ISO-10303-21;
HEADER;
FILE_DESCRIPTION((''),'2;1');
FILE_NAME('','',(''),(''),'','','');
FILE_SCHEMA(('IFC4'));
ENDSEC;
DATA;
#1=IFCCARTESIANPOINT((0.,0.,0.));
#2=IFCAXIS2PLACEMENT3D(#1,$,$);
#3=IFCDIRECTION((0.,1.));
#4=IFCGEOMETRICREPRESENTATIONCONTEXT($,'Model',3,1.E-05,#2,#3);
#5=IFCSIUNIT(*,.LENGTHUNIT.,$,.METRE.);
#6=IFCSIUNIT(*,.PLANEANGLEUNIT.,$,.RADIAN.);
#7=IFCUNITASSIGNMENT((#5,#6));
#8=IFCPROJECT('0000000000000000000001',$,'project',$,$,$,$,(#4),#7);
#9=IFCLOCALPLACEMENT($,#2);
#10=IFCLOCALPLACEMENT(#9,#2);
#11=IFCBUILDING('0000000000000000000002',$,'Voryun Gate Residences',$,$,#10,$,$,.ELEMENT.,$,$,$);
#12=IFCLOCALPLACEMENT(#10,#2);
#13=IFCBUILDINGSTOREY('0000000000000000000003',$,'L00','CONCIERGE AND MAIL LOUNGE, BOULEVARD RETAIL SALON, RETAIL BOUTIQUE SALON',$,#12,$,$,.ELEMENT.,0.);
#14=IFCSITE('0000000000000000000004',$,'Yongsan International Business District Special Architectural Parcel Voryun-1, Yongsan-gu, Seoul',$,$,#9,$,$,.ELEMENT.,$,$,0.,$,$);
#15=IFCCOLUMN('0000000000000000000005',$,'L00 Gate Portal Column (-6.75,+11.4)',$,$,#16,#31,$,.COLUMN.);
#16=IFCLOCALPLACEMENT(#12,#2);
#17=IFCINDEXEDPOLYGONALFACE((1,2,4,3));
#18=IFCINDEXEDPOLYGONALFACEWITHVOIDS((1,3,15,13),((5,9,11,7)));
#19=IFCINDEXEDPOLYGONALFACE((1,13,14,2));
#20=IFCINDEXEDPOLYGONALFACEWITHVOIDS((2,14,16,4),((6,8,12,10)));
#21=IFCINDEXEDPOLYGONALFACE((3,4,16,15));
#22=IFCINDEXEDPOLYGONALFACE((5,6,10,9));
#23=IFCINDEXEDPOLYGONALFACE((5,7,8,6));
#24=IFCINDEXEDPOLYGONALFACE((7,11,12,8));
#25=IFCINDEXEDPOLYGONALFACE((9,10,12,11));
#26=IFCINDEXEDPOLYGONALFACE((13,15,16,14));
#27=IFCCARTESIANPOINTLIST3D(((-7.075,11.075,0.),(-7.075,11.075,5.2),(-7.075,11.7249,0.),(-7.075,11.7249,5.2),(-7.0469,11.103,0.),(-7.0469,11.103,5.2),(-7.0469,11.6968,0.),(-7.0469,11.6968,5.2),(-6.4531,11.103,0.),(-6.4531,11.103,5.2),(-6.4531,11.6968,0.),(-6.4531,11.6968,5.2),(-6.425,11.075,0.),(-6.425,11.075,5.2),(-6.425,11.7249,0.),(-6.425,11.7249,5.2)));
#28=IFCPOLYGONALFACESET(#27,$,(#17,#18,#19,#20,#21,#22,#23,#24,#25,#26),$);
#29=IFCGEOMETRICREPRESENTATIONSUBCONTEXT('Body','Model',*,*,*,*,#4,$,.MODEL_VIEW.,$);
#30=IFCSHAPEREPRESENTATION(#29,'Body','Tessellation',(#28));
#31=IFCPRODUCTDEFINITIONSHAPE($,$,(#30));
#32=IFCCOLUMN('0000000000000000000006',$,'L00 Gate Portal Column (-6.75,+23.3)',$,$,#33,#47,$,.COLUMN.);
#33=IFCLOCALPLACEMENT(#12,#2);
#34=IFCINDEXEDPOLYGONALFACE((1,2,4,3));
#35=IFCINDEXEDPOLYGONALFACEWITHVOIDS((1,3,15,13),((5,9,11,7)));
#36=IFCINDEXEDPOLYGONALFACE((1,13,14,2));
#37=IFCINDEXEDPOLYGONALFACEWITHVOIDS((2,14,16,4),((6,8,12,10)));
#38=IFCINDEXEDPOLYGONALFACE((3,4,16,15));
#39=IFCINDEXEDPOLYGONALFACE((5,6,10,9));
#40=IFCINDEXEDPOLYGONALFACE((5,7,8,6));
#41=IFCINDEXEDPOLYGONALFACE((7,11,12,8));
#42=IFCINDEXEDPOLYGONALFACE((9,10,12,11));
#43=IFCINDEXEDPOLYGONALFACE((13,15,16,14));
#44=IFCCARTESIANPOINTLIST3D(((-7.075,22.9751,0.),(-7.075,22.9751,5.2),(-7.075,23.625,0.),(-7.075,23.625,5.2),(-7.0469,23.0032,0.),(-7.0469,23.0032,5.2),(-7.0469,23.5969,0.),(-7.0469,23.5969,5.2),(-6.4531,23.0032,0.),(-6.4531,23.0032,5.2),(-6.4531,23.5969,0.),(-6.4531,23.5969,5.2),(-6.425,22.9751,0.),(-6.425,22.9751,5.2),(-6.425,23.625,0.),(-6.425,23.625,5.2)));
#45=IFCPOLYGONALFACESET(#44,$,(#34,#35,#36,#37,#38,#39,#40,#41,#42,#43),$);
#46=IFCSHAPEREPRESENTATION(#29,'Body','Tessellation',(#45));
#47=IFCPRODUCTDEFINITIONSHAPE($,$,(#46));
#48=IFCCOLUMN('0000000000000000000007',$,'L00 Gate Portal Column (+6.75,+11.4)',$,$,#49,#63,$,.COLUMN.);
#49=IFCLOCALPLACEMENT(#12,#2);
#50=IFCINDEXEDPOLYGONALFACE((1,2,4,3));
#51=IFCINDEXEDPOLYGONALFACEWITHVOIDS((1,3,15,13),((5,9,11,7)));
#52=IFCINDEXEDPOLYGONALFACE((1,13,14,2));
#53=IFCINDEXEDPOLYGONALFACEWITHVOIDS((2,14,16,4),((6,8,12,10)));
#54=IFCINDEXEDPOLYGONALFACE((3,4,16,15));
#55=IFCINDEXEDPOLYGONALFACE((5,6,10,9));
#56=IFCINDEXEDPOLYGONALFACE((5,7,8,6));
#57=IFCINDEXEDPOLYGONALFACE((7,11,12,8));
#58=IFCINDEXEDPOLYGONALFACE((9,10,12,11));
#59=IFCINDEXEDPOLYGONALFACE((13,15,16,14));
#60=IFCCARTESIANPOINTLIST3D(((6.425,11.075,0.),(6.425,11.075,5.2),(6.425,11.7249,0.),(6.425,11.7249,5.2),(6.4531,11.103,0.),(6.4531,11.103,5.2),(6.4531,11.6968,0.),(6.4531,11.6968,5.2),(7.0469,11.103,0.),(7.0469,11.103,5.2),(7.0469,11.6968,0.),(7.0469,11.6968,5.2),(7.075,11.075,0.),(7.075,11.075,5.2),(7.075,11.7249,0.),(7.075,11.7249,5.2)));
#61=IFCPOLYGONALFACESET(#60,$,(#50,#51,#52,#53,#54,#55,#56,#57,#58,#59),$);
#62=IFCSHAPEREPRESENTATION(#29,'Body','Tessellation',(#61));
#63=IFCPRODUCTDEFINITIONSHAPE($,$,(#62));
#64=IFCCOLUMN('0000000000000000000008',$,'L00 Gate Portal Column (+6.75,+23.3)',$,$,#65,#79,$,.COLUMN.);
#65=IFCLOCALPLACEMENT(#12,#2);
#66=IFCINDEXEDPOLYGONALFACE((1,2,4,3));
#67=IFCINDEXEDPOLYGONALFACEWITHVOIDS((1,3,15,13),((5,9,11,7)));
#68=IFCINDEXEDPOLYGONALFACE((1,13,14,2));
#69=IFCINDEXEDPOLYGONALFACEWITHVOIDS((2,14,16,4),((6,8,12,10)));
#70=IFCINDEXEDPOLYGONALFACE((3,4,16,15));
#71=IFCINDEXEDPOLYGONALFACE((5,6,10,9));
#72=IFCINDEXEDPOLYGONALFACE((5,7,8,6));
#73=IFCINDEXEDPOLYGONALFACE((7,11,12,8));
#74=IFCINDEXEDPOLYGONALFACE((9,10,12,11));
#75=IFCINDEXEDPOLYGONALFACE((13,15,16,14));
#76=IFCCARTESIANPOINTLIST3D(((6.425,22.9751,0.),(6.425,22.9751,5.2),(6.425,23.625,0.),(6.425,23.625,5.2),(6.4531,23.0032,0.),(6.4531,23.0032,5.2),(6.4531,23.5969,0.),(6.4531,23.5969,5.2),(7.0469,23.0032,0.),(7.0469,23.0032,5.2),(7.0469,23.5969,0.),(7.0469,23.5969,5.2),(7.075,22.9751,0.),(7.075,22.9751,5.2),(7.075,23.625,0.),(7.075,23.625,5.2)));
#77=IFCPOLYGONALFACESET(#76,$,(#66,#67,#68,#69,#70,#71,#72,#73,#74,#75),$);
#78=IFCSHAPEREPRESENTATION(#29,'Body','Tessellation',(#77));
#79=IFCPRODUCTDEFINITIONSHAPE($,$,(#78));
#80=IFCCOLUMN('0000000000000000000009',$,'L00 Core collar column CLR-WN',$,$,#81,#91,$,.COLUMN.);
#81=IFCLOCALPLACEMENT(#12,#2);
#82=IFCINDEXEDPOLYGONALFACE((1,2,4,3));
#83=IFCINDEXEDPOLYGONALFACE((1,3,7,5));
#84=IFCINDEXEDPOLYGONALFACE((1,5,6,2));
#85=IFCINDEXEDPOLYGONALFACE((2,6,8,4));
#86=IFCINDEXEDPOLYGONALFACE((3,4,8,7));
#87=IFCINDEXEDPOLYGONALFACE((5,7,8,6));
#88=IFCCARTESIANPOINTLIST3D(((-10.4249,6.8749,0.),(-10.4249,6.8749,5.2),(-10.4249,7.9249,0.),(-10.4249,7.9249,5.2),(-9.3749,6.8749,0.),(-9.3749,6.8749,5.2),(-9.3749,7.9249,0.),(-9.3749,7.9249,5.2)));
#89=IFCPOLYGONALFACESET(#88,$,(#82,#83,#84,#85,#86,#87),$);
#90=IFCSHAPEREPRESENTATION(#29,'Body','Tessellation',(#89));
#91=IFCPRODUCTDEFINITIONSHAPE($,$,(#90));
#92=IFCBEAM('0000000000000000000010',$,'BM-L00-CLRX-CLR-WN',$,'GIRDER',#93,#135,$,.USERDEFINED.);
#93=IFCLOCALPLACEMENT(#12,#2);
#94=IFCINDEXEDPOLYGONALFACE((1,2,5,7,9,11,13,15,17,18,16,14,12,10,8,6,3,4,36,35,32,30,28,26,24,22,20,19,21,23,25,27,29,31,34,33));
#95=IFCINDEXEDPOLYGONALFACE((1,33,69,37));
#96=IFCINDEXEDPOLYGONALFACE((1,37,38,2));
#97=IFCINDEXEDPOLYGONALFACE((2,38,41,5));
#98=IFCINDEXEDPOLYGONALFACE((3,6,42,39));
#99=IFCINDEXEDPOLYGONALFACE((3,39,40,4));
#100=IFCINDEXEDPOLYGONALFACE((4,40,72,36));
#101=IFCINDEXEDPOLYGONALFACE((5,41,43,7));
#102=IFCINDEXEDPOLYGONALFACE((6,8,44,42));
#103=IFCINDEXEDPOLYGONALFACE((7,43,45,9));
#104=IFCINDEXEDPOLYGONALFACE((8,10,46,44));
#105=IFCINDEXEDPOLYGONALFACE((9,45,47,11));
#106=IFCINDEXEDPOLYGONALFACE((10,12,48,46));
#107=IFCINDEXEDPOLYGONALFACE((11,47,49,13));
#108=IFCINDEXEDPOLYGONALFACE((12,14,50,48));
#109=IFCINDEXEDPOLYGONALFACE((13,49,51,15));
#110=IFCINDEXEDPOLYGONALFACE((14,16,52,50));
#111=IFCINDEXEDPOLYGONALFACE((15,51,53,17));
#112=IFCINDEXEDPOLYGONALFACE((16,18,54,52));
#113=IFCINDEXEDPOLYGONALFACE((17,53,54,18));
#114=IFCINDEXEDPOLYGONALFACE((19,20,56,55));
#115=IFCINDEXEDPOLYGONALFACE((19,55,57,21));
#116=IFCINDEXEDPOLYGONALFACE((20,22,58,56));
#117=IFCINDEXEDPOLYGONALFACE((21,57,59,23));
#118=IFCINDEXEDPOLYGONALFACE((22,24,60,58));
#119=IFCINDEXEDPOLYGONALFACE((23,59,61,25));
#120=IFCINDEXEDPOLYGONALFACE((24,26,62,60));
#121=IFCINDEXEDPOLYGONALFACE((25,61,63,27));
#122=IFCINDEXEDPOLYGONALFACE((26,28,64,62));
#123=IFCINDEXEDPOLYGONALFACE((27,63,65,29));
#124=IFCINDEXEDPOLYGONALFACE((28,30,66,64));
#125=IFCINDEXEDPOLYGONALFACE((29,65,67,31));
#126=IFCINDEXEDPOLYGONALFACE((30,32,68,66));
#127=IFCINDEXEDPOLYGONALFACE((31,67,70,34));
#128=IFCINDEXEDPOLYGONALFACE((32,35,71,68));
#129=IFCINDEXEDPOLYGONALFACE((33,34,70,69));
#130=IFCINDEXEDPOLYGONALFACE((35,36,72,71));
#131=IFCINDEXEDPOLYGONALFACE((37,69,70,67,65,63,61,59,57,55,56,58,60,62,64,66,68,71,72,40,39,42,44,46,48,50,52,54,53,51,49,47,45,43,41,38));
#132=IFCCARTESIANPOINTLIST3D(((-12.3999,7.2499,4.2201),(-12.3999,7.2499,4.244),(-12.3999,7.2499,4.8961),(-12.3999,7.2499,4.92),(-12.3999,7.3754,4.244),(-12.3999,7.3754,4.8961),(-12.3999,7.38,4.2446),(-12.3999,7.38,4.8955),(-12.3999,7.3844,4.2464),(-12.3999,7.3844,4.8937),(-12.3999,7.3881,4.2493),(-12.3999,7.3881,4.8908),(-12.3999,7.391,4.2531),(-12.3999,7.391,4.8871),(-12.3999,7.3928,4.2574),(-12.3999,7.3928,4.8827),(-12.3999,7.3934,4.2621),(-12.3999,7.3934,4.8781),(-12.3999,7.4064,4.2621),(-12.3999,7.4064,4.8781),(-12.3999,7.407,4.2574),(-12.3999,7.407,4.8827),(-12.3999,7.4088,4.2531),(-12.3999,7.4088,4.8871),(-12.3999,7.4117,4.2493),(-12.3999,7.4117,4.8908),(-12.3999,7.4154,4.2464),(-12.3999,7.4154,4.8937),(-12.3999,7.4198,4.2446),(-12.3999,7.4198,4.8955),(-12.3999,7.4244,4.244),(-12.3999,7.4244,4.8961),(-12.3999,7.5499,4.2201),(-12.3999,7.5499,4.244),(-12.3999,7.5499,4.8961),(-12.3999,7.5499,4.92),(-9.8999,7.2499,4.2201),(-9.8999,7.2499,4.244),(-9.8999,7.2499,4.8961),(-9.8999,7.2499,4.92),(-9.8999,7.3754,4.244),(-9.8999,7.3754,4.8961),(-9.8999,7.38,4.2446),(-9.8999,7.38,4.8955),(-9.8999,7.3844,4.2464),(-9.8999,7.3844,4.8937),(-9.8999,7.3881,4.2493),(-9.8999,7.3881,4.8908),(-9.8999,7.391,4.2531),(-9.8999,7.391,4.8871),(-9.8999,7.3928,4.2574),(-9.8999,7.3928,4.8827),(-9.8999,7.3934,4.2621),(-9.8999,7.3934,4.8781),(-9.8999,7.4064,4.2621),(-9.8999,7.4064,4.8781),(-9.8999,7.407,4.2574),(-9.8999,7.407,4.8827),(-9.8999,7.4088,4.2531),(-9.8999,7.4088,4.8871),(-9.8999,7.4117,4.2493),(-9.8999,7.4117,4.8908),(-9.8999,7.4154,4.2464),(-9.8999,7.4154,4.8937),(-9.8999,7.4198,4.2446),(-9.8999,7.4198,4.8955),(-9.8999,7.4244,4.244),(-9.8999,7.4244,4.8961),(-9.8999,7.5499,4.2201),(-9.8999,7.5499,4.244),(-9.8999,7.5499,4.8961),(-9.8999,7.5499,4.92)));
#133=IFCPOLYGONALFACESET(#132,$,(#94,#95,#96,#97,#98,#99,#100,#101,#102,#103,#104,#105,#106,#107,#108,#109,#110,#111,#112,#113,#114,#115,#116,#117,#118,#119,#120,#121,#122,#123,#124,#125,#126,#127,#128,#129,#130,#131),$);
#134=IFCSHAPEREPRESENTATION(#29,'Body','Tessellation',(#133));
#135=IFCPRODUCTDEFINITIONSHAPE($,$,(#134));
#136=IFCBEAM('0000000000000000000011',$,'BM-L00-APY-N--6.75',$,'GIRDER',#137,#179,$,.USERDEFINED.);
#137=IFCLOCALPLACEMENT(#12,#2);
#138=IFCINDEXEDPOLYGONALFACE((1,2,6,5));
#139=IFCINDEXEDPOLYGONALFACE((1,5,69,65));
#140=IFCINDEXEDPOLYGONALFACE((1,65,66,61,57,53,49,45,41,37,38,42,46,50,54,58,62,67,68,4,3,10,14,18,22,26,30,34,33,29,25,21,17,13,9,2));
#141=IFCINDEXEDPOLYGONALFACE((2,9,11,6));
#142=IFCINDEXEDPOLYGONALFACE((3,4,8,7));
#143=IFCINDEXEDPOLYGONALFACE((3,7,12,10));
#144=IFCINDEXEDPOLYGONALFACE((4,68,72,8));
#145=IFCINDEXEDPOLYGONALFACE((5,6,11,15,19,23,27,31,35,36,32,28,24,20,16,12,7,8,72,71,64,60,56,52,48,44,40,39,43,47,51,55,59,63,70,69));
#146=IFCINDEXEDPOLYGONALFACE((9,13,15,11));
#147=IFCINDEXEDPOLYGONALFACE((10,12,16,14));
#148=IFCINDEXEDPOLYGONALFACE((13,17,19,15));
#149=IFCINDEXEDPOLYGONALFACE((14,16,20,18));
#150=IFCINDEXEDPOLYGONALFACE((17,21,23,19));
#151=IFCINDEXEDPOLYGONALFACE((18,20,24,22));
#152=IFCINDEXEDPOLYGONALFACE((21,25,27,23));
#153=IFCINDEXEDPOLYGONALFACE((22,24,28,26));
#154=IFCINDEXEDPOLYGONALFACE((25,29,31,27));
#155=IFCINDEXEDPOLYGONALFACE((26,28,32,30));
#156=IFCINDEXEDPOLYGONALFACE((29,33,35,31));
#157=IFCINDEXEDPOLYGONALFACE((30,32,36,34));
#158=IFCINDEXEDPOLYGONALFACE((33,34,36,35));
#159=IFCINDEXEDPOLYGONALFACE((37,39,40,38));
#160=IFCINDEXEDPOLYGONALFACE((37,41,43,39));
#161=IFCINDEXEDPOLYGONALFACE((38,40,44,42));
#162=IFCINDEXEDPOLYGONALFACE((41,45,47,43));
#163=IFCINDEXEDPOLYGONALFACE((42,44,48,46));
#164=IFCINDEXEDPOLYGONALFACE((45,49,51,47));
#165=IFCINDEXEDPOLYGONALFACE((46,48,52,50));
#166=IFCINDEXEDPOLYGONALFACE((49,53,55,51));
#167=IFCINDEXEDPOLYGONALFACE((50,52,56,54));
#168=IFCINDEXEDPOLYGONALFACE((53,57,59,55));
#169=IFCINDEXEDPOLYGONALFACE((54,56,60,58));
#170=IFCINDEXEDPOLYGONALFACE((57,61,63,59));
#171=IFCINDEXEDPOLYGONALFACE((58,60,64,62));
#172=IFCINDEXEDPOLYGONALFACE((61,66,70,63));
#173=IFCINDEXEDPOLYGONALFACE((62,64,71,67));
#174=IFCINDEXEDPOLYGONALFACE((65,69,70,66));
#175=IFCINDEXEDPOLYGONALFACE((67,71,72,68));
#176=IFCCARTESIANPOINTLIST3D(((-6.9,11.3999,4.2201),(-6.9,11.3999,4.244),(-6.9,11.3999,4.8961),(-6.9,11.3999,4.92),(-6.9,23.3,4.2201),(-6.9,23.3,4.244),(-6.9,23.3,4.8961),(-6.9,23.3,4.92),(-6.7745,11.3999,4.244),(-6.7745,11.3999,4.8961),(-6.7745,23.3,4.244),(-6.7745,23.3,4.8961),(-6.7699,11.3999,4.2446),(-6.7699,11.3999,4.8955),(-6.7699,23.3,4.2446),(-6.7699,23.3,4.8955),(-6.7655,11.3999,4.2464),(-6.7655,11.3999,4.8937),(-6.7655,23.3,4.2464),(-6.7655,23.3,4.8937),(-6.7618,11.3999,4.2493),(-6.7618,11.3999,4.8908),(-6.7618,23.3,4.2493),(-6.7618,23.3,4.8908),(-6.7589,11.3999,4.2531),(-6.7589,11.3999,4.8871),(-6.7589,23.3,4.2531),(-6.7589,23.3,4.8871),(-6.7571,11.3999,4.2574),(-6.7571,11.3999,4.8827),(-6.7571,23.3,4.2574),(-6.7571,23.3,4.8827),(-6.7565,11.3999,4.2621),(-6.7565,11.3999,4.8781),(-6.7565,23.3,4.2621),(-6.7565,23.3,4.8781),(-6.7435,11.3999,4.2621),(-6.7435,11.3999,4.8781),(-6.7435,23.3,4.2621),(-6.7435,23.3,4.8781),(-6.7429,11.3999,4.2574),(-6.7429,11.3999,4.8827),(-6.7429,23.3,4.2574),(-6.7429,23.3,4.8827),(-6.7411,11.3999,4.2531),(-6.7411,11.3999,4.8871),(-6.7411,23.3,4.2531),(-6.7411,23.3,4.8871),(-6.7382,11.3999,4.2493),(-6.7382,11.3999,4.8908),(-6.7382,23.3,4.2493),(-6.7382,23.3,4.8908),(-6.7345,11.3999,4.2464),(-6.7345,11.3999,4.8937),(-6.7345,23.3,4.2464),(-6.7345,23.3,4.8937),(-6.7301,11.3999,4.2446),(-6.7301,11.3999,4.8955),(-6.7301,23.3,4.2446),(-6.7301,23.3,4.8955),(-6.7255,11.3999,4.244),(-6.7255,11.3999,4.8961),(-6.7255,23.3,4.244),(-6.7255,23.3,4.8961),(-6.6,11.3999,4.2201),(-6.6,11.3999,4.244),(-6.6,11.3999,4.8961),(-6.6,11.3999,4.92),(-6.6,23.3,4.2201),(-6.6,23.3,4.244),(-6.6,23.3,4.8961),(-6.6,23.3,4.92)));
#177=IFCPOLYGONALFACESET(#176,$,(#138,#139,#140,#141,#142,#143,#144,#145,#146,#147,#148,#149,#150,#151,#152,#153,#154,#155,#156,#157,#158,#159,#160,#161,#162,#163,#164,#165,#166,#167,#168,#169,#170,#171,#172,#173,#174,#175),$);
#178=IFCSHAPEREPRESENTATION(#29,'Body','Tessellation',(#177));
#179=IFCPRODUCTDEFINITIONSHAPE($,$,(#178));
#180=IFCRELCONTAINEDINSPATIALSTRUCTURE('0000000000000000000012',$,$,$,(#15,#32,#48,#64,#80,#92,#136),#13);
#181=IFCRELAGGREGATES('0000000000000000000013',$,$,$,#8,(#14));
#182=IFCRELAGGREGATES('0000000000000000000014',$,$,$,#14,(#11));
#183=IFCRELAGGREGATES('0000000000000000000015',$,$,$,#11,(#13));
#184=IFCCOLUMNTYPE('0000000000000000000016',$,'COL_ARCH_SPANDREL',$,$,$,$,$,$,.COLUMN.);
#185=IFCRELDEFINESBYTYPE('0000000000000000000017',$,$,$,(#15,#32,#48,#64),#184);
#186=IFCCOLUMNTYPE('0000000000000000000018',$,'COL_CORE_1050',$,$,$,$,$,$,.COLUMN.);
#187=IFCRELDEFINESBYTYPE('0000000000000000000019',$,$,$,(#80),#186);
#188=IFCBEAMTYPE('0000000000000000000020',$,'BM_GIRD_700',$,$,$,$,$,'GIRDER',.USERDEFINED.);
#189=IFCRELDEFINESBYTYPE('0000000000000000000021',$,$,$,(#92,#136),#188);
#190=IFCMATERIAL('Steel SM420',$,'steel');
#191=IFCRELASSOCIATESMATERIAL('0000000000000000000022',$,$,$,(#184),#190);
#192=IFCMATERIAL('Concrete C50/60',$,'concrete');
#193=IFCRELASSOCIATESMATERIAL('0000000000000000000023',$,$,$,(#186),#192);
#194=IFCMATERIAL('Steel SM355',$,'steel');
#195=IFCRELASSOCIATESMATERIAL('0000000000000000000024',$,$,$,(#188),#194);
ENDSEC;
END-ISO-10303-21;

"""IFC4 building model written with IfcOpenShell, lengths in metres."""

from ifc_helpers import new_model, si_unit, direction, frame, origin, origin_2d, place, context, subcontext, project, spatial, rectangle, hollow_rectangle, i_section, extrude, material, material_profile, profile_set, type_object, element, save


model = new_model("IFC4")

# Units and contexts
model_context = context("Model", 3, precision=1e-05, world=origin(), true_north=direction((0.0, 1.0)))
body_context = subcontext(model_context, "Body", "Model", "MODEL_VIEW")
ifc_project = project(units=[si_unit("LENGTHUNIT", "METRE"), si_unit("PLANEANGLEUNIT", "RADIAN")], contexts=[model_context])

# Site, building, storey
site_placement = place(None, origin())
site = spatial("IfcSite", under=ifc_project, at=site_placement, Name="Yongsan International Business District Special Architectural Parcel Voryun-1, Yongsan-gu, Seoul", CompositionType="ELEMENT", RefElevation=0.0)
building_placement = place(site_placement, origin())
building = spatial("IfcBuilding", under=site, at=building_placement, Name="Voryun Gate Residences", CompositionType="ELEMENT")
storey_placement = place(building_placement, origin())
storey = spatial("IfcBuildingStorey", under=building, at=storey_placement, Name="L00", Description="CONCIERGE AND MAIL LOUNGE, BOULEVARD RETAIL SALON, RETAIL BOUTIQUE SALON", CompositionType="ELEMENT", Elevation=0.0)

# Columns
ifc_material_1 = material(Name="Steel SM420", Category="steel")
ifc_material_profile_1 = material_profile(ifc_material_1, hollow_rectangle(XDim=0.6499, YDim=0.6499, WallThickness=0.0281, at=origin_2d()), Name="BOX-650x650x28")
ifc_profile_set_1 = profile_set([ifc_material_profile_1], Name="Steel SM420")
column_type_1 = type_object("IfcColumnType", Name="COL_ARCH_SPANDREL", PredefinedType="COLUMN", material=ifc_profile_set_1)
for number, where, z_axis, x_axis, name in (
    (1, (-6.75, 11.3999, 0.0), (0.0, 0.0, 1.0), (1.0, 0.0, 0.0), "L00 Gate Portal Column (-6.75,+11.4)"),
    (2, (-6.75, 23.3, 0.0), (0.0, 0.0, 1.0), (1.0, 0.0, 0.0), "L00 Gate Portal Column (-6.75,+23.3)"),
    (3, (6.75, 11.3999, 0.0), (0.0, 0.0, 1.0), (1.0, 0.0, 0.0), "L00 Gate Portal Column (+6.75,+11.4)"),
    (4, (6.75, 23.3, 0.0), (0.0, 0.0, 1.0), (1.0, 0.0, 0.0), "L00 Gate Portal Column (+6.75,+23.3)"),
):
    element("IfcColumn", number, at=place(storey_placement, frame(where, z_axis=z_axis, x_axis=x_axis)), inside=storey, type_object=column_type_1, Name=name, PredefinedType="COLUMN", context=body_context, shape_type="SweptSolid", body=[
        extrude(hollow_rectangle(XDim=0.6499, YDim=0.6499, WallThickness=0.0281, at=origin_2d()), origin(), (0.0, 0.0, 1.0), 5.2),
    ])
ifc_material_2 = material(Name="Concrete C50/60", Category="concrete")
ifc_material_profile_2 = material_profile(ifc_material_2, rectangle(XDim=1.05, YDim=1.05, at=origin_2d()), Name="RC-1050x1050")
ifc_profile_set_2 = profile_set([ifc_material_profile_2], Name="Concrete C50/60")
column_type_2 = type_object("IfcColumnType", Name="COL_CORE_1050", PredefinedType="COLUMN", material=ifc_profile_set_2)
column_placement = place(storey_placement, frame((-9.8999, 7.3999, 0.0), z_axis=(0.0, 0.0, 1.0), x_axis=(1.0, 0.0, 0.0)))
element("IfcColumn", 5, at=column_placement, inside=storey, type_object=column_type_2, Name="L00 Core collar column CLR-WN", PredefinedType="COLUMN", context=body_context, shape_type="SweptSolid", body=[
    extrude(rectangle(XDim=1.05, YDim=1.05, at=origin_2d()), origin(), (0.0, 0.0, 1.0), 5.2),
])

# Beams
ifc_material_3 = material(Name="Steel SM355", Category="steel")
ifc_material_profile_3 = material_profile(ifc_material_3, i_section(OverallWidth=0.3, OverallDepth=0.7, WebThickness=0.0129, FlangeThickness=0.0239, FilletRadius=0.0181, at=origin_2d()), Name="H-700x300x13x24")
ifc_profile_set_3 = profile_set([ifc_material_profile_3], Name="Steel SM355")
beam_type = type_object("IfcBeamType", Name="BM_GIRD_700", ElementType="GIRDER", PredefinedType="USERDEFINED", material=ifc_profile_set_3)
beam_placement = place(storey_placement, frame((-12.3999, 7.3999, 4.5701), z_axis=(1.0, 0.0, 0.0), x_axis=(0.0, 1.0, 0.0)))
element("IfcBeam", 6, at=beam_placement, inside=storey, type_object=beam_type, Name="BM-L00-CLRX-CLR-WN", ObjectType="GIRDER", PredefinedType="USERDEFINED", context=body_context, shape_type="SweptSolid", body=[
    extrude(i_section(OverallWidth=0.3, OverallDepth=0.7, WebThickness=0.0129, FlangeThickness=0.0239, FilletRadius=0.0181, at=origin_2d()), origin(), (0.0, 0.0, 1.0), 2.5),
])
for number, where, z_axis, x_axis, name in (
    (7, (-6.75, 11.3999, 4.5701), (0.0, 1.0, 0.0), (-1.0, 0.0, 0.0), "BM-L00-APY-N--6.75"),
):
    element("IfcBeam", number, at=place(storey_placement, frame(where, z_axis=z_axis, x_axis=x_axis)), inside=storey, type_object=beam_type, Name=name, ObjectType="GIRDER", PredefinedType="USERDEFINED", context=body_context, shape_type="SweptSolid", body=[
        extrude(i_section(OverallWidth=0.3, OverallDepth=0.7, WebThickness=0.0129, FlangeThickness=0.0239, FilletRadius=0.0181, at=origin_2d()), origin(), (0.0, 0.0, 1.0), 11.9001),
    ])

save(model, "model.ifc")
